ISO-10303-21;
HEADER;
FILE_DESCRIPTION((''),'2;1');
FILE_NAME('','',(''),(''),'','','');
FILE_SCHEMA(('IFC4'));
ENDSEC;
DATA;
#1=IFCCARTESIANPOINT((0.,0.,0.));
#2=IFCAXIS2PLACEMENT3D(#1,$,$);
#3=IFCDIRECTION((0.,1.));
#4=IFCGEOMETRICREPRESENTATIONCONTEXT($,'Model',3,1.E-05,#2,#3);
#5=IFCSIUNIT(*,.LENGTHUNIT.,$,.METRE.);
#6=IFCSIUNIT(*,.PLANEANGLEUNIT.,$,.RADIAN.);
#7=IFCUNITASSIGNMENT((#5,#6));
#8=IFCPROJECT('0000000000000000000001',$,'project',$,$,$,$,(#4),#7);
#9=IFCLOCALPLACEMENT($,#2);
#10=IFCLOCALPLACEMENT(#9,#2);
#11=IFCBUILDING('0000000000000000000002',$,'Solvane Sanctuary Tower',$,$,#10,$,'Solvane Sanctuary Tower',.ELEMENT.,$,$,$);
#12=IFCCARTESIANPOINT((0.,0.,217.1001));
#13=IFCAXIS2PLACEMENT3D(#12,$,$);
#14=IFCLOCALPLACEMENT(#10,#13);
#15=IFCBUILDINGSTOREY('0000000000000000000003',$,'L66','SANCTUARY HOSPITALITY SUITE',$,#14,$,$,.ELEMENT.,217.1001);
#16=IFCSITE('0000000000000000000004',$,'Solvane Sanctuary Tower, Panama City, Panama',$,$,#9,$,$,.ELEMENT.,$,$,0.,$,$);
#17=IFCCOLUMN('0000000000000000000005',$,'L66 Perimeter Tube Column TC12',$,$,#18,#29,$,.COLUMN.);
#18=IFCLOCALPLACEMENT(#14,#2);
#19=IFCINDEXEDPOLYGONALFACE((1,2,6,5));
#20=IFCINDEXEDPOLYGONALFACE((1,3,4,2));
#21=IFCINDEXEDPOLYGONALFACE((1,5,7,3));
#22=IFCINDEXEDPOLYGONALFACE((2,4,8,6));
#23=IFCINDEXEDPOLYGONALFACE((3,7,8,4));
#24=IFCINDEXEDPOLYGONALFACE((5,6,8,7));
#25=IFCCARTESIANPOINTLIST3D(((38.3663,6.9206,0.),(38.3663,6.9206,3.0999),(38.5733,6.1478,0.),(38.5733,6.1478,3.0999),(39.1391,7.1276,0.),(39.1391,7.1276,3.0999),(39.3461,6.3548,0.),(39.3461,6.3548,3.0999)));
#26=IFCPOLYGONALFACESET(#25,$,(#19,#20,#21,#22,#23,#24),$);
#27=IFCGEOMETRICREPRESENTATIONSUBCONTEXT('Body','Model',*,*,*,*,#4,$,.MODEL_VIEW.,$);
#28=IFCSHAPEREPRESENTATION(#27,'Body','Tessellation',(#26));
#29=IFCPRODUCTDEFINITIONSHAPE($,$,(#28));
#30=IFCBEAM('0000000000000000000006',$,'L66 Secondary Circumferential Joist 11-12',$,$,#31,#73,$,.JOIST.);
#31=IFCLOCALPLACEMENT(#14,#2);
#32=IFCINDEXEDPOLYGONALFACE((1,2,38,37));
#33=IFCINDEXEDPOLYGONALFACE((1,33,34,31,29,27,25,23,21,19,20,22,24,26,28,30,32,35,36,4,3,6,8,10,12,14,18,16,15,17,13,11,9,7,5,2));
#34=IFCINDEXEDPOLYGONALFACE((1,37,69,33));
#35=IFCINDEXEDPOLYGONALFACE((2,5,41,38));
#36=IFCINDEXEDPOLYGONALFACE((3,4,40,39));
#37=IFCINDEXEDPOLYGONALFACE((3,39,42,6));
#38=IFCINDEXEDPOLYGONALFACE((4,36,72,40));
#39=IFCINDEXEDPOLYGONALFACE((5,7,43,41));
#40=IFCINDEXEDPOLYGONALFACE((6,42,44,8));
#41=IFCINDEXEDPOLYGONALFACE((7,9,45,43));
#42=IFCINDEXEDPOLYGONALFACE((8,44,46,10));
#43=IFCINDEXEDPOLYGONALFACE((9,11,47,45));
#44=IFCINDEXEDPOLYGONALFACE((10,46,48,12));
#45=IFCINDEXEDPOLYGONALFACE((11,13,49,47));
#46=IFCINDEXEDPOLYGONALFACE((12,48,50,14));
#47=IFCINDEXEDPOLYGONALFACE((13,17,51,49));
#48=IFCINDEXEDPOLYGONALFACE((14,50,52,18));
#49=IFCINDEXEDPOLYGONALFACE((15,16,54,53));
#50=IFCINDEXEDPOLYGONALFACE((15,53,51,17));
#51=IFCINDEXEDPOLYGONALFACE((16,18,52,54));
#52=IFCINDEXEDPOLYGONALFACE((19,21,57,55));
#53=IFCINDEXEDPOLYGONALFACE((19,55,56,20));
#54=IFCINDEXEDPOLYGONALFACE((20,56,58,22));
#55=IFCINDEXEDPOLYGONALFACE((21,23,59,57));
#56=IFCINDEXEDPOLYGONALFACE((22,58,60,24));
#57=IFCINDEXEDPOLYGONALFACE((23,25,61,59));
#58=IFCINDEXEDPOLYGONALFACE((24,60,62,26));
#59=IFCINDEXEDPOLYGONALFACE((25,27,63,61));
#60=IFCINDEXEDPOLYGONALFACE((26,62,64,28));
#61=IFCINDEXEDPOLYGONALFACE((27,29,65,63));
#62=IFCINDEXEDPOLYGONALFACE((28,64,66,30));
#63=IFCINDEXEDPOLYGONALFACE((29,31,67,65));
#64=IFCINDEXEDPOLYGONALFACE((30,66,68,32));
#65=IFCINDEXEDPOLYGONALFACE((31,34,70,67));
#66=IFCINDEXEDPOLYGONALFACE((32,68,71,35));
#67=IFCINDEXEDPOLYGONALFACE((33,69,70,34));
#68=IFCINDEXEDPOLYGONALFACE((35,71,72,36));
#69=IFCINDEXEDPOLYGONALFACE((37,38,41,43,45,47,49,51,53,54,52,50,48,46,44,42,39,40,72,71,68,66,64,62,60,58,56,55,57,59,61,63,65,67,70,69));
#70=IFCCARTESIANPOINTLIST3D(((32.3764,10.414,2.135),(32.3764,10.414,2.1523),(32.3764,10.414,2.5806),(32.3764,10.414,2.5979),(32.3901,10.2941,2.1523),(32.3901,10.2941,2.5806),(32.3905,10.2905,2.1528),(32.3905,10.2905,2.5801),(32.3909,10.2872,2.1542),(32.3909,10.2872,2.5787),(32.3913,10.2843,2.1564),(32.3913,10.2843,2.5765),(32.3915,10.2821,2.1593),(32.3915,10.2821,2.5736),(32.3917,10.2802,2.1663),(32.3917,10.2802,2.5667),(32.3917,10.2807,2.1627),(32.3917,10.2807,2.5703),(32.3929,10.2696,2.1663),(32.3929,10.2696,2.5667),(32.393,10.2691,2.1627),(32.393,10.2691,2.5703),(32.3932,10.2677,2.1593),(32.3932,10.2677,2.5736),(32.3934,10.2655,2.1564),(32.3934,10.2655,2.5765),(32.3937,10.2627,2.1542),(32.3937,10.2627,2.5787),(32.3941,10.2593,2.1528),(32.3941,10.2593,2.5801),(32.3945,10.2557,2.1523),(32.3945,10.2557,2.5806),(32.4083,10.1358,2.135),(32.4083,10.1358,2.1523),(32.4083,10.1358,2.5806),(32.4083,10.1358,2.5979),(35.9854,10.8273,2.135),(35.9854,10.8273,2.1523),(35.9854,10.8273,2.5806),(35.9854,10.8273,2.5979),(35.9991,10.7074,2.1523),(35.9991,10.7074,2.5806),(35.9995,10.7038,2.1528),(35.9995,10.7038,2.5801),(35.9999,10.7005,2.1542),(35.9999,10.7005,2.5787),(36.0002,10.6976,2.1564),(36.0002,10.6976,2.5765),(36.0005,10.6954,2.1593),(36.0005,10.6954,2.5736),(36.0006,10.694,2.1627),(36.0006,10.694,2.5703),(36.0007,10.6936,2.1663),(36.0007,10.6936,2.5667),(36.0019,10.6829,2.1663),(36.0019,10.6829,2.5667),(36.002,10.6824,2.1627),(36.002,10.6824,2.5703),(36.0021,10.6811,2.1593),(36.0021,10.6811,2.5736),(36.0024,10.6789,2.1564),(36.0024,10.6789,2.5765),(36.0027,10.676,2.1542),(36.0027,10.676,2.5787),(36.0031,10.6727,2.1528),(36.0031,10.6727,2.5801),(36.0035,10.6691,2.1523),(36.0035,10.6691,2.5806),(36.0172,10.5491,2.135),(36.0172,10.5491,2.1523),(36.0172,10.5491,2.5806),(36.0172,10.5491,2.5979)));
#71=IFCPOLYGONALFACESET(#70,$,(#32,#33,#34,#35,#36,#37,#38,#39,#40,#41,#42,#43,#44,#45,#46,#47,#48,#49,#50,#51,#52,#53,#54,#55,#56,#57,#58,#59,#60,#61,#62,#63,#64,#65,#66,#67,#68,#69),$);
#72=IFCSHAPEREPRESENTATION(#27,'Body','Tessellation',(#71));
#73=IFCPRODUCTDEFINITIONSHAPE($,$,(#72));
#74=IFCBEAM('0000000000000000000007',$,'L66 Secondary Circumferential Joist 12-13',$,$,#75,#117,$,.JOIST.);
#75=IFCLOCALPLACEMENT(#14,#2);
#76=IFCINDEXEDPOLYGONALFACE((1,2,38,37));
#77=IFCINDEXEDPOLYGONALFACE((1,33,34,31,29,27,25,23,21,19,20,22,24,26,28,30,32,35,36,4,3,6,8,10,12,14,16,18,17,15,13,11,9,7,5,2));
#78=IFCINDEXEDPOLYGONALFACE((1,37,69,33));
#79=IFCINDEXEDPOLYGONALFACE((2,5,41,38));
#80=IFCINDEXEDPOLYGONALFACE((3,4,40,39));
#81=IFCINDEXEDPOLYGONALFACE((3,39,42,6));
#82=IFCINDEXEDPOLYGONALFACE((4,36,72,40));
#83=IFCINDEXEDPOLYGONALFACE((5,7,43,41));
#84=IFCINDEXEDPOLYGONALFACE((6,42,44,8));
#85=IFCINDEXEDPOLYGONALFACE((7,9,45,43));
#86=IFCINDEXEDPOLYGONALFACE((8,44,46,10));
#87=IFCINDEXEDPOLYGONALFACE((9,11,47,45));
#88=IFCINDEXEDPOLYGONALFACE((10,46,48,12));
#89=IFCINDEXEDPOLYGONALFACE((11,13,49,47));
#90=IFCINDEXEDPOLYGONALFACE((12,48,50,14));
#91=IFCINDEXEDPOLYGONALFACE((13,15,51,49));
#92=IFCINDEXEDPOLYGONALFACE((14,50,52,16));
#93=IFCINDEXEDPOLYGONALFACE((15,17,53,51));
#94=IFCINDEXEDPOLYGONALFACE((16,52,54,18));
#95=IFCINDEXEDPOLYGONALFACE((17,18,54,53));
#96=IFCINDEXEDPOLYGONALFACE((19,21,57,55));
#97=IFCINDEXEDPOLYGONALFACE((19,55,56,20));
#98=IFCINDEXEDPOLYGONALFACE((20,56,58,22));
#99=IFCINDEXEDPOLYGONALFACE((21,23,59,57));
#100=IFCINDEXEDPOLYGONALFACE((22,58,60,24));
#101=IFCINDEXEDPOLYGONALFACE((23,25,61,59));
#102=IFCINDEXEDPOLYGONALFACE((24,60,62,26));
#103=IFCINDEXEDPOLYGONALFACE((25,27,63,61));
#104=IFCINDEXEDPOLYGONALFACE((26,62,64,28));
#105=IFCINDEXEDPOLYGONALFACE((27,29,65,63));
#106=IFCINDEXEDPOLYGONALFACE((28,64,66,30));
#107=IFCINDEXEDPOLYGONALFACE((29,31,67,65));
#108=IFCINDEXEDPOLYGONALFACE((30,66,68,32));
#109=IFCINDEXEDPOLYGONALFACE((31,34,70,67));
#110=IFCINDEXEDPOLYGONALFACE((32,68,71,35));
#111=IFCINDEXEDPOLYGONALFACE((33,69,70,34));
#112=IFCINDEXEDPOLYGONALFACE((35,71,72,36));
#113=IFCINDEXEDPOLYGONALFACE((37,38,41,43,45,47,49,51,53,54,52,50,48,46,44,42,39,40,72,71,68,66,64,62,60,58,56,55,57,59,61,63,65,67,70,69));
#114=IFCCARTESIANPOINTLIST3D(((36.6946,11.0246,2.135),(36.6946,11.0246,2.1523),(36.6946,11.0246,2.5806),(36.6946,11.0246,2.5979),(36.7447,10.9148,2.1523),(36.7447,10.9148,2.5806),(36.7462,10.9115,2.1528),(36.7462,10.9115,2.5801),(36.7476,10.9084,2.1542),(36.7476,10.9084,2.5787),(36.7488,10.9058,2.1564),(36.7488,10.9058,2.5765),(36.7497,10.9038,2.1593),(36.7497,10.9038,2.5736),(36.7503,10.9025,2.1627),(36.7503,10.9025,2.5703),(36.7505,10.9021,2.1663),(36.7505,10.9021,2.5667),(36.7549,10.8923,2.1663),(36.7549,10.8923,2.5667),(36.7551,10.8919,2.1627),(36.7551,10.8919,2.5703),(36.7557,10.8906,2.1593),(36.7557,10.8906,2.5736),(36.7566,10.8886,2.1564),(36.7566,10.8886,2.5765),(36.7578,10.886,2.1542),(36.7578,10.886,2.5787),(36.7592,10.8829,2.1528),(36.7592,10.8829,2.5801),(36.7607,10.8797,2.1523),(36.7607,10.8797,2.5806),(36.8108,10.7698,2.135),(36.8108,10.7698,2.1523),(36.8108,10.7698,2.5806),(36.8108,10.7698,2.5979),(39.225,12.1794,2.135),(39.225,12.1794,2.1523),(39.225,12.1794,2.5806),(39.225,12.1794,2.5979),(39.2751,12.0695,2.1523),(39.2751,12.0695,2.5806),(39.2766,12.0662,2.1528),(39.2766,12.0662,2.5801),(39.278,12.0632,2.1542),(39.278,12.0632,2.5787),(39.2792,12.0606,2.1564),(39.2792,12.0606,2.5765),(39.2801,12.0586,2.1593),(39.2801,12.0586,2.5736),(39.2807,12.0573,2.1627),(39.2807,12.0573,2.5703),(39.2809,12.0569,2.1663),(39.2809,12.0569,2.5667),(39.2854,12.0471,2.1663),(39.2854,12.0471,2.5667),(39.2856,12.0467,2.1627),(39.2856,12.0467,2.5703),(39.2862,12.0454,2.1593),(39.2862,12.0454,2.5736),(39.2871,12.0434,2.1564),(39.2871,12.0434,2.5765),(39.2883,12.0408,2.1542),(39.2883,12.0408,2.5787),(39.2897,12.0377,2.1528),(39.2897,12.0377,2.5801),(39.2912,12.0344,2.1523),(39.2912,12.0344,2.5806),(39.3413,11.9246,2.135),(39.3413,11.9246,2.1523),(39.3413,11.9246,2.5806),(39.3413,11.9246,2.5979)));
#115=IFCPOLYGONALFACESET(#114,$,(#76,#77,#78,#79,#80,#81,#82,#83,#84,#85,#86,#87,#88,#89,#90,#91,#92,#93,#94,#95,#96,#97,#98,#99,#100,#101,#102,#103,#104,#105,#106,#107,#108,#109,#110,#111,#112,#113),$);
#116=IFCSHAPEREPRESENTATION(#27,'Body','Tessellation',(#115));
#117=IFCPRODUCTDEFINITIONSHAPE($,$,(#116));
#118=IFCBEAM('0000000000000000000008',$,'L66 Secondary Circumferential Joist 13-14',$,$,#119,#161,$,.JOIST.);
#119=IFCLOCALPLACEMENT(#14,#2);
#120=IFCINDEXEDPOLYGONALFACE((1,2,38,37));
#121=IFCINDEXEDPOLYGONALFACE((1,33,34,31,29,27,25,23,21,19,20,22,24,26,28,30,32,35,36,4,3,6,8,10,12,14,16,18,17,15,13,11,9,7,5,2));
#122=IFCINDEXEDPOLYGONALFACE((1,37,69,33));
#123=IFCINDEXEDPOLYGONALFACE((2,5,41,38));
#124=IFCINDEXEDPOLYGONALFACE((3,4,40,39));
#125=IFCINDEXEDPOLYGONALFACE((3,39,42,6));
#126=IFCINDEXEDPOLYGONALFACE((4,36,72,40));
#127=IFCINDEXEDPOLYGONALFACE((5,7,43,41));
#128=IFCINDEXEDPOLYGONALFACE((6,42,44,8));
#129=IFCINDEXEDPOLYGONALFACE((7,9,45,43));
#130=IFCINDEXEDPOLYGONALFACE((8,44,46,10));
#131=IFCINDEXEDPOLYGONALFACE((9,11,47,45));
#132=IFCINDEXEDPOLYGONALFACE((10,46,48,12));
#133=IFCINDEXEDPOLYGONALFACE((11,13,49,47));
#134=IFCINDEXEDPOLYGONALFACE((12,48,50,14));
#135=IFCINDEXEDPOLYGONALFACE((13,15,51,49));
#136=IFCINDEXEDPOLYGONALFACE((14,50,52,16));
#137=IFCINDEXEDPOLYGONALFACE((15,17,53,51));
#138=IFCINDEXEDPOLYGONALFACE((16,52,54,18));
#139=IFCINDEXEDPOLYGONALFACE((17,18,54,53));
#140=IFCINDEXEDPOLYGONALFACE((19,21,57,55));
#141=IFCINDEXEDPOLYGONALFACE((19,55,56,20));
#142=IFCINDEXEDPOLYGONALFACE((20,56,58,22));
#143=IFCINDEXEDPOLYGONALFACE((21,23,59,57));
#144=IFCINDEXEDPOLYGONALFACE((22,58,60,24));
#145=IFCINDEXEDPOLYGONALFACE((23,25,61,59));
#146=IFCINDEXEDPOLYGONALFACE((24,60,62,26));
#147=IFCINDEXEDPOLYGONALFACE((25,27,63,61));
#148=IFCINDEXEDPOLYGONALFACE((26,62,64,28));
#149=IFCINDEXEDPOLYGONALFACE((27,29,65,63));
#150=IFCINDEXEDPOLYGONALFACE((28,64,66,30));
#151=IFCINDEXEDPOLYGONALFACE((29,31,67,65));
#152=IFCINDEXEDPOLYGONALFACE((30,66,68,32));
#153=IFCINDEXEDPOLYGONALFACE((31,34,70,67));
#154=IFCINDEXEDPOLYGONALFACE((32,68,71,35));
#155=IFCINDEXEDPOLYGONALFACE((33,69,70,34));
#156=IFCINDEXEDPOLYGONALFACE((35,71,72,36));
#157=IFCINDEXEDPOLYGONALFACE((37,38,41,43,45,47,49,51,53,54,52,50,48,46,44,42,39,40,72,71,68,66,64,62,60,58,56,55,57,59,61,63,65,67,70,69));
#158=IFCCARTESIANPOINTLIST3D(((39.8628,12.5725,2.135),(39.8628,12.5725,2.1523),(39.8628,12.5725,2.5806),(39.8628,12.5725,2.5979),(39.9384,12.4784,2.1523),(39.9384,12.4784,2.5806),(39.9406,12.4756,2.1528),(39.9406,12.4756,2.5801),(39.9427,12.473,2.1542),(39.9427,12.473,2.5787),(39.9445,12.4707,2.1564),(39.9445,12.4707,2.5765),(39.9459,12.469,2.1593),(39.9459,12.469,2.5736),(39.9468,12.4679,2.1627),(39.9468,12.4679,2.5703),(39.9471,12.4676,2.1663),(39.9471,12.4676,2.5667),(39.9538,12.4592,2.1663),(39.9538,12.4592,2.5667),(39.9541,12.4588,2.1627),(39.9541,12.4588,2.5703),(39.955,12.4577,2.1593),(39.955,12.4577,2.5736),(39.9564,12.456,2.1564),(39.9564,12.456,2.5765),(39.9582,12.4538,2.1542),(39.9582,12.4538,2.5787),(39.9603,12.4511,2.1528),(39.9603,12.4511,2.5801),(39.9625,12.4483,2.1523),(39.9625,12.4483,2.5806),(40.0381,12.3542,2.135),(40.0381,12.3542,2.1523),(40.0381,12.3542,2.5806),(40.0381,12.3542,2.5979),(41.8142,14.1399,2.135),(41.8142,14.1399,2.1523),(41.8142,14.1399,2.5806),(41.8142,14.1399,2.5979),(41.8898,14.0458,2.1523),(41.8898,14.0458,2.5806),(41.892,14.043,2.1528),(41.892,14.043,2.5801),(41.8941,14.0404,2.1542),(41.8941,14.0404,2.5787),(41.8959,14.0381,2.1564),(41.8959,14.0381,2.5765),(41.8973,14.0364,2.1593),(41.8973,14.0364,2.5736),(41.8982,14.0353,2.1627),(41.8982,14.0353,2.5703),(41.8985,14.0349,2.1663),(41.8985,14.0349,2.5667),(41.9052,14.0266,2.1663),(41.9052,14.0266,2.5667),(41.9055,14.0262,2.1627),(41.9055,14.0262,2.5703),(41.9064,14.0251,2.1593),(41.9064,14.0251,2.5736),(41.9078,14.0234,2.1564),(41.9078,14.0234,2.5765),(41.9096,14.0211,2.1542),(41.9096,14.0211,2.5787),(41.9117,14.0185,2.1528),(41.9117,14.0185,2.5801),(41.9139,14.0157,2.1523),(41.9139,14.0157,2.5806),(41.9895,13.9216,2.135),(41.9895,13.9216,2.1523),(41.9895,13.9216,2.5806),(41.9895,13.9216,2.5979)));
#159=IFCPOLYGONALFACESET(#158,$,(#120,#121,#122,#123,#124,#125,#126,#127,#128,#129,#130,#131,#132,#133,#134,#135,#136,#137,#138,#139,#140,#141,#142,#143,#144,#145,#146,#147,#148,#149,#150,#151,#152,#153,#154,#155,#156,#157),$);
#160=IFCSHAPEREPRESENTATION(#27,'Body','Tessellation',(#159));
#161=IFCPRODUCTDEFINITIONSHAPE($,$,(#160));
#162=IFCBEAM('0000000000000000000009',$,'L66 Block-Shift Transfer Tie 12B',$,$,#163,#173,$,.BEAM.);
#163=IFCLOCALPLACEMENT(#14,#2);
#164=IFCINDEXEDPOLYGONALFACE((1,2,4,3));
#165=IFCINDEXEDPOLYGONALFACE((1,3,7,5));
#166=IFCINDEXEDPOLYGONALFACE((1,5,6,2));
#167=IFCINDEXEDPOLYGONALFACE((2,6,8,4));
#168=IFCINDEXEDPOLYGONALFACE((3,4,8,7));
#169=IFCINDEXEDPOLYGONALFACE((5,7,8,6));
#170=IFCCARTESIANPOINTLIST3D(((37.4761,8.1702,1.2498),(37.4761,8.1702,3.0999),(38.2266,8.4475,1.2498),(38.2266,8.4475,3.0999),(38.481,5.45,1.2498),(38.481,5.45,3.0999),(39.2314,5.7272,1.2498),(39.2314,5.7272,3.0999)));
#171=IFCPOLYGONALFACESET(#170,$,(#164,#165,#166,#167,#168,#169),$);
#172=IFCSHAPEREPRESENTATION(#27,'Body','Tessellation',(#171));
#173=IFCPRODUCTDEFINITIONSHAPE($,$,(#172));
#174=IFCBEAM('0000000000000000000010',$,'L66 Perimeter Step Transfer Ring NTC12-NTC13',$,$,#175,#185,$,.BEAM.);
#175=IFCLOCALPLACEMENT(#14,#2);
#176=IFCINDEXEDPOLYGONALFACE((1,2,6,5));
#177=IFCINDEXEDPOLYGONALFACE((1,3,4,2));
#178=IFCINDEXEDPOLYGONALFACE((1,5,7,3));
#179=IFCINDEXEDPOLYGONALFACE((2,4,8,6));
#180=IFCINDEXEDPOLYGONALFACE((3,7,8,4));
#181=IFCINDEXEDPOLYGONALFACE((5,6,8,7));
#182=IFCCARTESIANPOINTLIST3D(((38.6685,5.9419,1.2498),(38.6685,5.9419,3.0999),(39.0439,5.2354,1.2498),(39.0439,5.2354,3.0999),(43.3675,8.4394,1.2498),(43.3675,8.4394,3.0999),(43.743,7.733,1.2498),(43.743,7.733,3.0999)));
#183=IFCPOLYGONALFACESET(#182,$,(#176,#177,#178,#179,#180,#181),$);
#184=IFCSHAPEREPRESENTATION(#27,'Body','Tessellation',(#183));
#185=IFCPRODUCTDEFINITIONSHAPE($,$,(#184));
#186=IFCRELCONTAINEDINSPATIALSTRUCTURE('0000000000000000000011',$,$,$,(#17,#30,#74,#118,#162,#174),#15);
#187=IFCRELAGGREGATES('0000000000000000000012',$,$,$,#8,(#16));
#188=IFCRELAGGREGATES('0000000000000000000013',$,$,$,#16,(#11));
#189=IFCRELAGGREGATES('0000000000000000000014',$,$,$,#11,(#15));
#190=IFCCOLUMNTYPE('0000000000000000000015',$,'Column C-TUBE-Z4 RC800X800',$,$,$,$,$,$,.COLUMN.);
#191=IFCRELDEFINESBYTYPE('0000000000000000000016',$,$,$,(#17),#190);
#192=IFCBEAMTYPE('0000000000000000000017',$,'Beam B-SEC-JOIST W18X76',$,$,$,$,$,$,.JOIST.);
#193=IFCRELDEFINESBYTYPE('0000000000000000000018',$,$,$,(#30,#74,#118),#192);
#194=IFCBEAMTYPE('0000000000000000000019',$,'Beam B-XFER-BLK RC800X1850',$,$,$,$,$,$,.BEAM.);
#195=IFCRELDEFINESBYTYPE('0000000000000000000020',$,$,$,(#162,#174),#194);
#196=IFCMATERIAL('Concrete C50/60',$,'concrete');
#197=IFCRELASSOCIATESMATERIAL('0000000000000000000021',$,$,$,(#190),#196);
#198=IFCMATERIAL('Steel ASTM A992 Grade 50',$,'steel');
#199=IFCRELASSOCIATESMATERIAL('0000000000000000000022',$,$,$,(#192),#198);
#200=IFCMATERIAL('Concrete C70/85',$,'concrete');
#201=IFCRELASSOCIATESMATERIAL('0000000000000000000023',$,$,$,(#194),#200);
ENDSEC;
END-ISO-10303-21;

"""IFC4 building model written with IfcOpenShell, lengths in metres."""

from ifc_helpers import new_model, si_unit, direction, frame, origin, origin_2d, place, context, subcontext, project, spatial, rectangle, i_section, extrude, material, material_profile, profile_set, type_object, element, save


model = new_model("IFC4")

# Units and contexts
model_context = context("Model", 3, precision=1e-05, world=origin(), true_north=direction((0.0, 1.0)))
body_context = subcontext(model_context, "Body", "Model", "MODEL_VIEW")
ifc_project = project(units=[si_unit("LENGTHUNIT", "METRE"), si_unit("PLANEANGLEUNIT", "RADIAN")], contexts=[model_context])

# Site, building, storey
site_placement = place(None, origin())
site = spatial("IfcSite", under=ifc_project, at=site_placement, Name="Solvane Sanctuary Tower, Panama City, Panama", CompositionType="ELEMENT", RefElevation=0.0)
building_placement = place(site_placement, origin())
building = spatial("IfcBuilding", under=site, at=building_placement, Name="Solvane Sanctuary Tower", LongName="Solvane Sanctuary Tower", CompositionType="ELEMENT")
storey_placement = place(building_placement, frame((0.0, 0.0, 217.1001)))
storey = spatial("IfcBuildingStorey", under=building, at=storey_placement, Name="L66", Description="SANCTUARY HOSPITALITY SUITE", CompositionType="ELEMENT", Elevation=217.1001)

# Column
ifc_material_1 = material(Name="Concrete C50/60", Category="concrete")
ifc_material_profile_1 = material_profile(ifc_material_1, rectangle(XDim=0.8, YDim=0.8, at=origin_2d()), Name="RC800X800")
ifc_profile_set_1 = profile_set([ifc_material_profile_1], Name="Concrete C50/60")
column_type = type_object("IfcColumnType", Name="Column C-TUBE-Z4 RC800X800", PredefinedType="COLUMN", material=ifc_profile_set_1)
column_placement = place(storey_placement, frame((38.8562, 6.6377, 0.0), z_axis=(0.0, 0.0, 1.0), x_axis=(0.258819, -0.965926, 0.0)))
element("IfcColumn", 1, at=column_placement, inside=storey, type_object=column_type, Name="L66 Perimeter Tube Column TC12", PredefinedType="COLUMN", context=body_context, shape_type="SweptSolid", body=[
    extrude(rectangle(XDim=0.8, YDim=0.8, at=origin_2d()), origin(), (0.0, 0.0, 1.0), 3.0999),
])

# Beams
ifc_material_2 = material(Name="Steel ASTM A992 Grade 50", Category="steel")
ifc_material_profile_2 = material_profile(ifc_material_2, i_section(OverallWidth=0.28, OverallDepth=0.4629, WebThickness=0.0107, FlangeThickness=0.0173, FilletRadius=0.0139, at=origin_2d()), Name="W18X76")
ifc_profile_set_2 = profile_set([ifc_material_profile_2], Name="Steel ASTM A992 Grade 50")
beam_type_1 = type_object("IfcBeamType", Name="Beam B-SEC-JOIST W18X76", PredefinedType="JOIST", material=ifc_profile_set_2)
beam_1_placement = place(storey_placement, frame((32.3923, 10.2749, 2.3665), z_axis=(0.993505, 0.113787, 0.0), x_axis=(-0.113787, 0.993505, 0.0)))
element("IfcBeam", 2, at=beam_1_placement, inside=storey, type_object=beam_type_1, Name="L66 Secondary Circumferential Joist 11-12", PredefinedType="JOIST", context=body_context, shape_type="SweptSolid", body=[
    extrude(i_section(OverallWidth=0.28, OverallDepth=0.4629, WebThickness=0.0107, FlangeThickness=0.0173, FilletRadius=0.0139, at=origin_2d()), origin(), (0.0, 0.0, 1.0), 3.6326),
])
beam_2_placement = place(storey_placement, frame((36.7527, 10.8972, 2.3665), z_axis=(0.909749, 0.415158, 0.0), x_axis=(-0.415158, 0.909749, 0.0)))
element("IfcBeam", 3, at=beam_2_placement, inside=storey, type_object=beam_type_1, Name="L66 Secondary Circumferential Joist 12-13", PredefinedType="JOIST", context=body_context, shape_type="SweptSolid", body=[
    extrude(i_section(OverallWidth=0.28, OverallDepth=0.4629, WebThickness=0.0107, FlangeThickness=0.0173, FilletRadius=0.0139, at=origin_2d()), origin(), (0.0, 0.0, 1.0), 2.7815),
])
beam_3_placement = place(storey_placement, frame((39.9504, 12.4634, 2.3665), z_axis=(0.779649, 0.626216, 0.0), x_axis=(-0.626216, 0.779649, 0.0)))
element("IfcBeam", 4, at=beam_3_placement, inside=storey, type_object=beam_type_1, Name="L66 Secondary Circumferential Joist 13-14", PredefinedType="JOIST", context=body_context, shape_type="SweptSolid", body=[
    extrude(i_section(OverallWidth=0.28, OverallDepth=0.4629, WebThickness=0.0107, FlangeThickness=0.0173, FilletRadius=0.0139, at=origin_2d()), origin(), (0.0, 0.0, 1.0), 2.5029),
])
ifc_material_3 = material(Name="Concrete C70/85", Category="concrete")
ifc_material_profile_3 = material_profile(ifc_material_3, rectangle(XDim=0.8, YDim=1.8501, at=origin_2d()), Name="RC800X1850")
ifc_profile_set_3 = profile_set([ifc_material_profile_3], Name="Concrete C70/85")
beam_type_2 = type_object("IfcBeamType", Name="Beam B-XFER-BLK RC800X1850", PredefinedType="BEAM", material=ifc_profile_set_3)
beam_4_placement = place(storey_placement, frame((37.8513, 8.3088, 2.1748), z_axis=(0.346525, -0.938041, 0.0), x_axis=(0.938041, 0.346525, 0.0)))
element("IfcBeam", 5, at=beam_4_placement, inside=storey, type_object=beam_type_2, Name="L66 Block-Shift Transfer Tie 12B", PredefinedType="BEAM", context=body_context, shape_type="SweptSolid", body=[
    extrude(rectangle(XDim=0.8, YDim=1.8501, at=origin_2d()), origin(), (0.0, 0.0, 1.0), 2.8999),
])
beam_5_placement = place(storey_placement, frame((38.8562, 5.5886, 2.1748), z_axis=(0.88302, 0.469335, 0.0), x_axis=(-0.469335, 0.88302, 0.0)))
element("IfcBeam", 6, at=beam_5_placement, inside=storey, type_object=beam_type_2, Name="L66 Perimeter Step Transfer Ring NTC12-NTC13", PredefinedType="BEAM", context=body_context, shape_type="SweptSolid", body=[
    extrude(rectangle(XDim=0.8, YDim=1.8501, at=origin_2d()), origin(), (0.0, 0.0, 1.0), 5.3215),
])

save(model, "model.ifc")
